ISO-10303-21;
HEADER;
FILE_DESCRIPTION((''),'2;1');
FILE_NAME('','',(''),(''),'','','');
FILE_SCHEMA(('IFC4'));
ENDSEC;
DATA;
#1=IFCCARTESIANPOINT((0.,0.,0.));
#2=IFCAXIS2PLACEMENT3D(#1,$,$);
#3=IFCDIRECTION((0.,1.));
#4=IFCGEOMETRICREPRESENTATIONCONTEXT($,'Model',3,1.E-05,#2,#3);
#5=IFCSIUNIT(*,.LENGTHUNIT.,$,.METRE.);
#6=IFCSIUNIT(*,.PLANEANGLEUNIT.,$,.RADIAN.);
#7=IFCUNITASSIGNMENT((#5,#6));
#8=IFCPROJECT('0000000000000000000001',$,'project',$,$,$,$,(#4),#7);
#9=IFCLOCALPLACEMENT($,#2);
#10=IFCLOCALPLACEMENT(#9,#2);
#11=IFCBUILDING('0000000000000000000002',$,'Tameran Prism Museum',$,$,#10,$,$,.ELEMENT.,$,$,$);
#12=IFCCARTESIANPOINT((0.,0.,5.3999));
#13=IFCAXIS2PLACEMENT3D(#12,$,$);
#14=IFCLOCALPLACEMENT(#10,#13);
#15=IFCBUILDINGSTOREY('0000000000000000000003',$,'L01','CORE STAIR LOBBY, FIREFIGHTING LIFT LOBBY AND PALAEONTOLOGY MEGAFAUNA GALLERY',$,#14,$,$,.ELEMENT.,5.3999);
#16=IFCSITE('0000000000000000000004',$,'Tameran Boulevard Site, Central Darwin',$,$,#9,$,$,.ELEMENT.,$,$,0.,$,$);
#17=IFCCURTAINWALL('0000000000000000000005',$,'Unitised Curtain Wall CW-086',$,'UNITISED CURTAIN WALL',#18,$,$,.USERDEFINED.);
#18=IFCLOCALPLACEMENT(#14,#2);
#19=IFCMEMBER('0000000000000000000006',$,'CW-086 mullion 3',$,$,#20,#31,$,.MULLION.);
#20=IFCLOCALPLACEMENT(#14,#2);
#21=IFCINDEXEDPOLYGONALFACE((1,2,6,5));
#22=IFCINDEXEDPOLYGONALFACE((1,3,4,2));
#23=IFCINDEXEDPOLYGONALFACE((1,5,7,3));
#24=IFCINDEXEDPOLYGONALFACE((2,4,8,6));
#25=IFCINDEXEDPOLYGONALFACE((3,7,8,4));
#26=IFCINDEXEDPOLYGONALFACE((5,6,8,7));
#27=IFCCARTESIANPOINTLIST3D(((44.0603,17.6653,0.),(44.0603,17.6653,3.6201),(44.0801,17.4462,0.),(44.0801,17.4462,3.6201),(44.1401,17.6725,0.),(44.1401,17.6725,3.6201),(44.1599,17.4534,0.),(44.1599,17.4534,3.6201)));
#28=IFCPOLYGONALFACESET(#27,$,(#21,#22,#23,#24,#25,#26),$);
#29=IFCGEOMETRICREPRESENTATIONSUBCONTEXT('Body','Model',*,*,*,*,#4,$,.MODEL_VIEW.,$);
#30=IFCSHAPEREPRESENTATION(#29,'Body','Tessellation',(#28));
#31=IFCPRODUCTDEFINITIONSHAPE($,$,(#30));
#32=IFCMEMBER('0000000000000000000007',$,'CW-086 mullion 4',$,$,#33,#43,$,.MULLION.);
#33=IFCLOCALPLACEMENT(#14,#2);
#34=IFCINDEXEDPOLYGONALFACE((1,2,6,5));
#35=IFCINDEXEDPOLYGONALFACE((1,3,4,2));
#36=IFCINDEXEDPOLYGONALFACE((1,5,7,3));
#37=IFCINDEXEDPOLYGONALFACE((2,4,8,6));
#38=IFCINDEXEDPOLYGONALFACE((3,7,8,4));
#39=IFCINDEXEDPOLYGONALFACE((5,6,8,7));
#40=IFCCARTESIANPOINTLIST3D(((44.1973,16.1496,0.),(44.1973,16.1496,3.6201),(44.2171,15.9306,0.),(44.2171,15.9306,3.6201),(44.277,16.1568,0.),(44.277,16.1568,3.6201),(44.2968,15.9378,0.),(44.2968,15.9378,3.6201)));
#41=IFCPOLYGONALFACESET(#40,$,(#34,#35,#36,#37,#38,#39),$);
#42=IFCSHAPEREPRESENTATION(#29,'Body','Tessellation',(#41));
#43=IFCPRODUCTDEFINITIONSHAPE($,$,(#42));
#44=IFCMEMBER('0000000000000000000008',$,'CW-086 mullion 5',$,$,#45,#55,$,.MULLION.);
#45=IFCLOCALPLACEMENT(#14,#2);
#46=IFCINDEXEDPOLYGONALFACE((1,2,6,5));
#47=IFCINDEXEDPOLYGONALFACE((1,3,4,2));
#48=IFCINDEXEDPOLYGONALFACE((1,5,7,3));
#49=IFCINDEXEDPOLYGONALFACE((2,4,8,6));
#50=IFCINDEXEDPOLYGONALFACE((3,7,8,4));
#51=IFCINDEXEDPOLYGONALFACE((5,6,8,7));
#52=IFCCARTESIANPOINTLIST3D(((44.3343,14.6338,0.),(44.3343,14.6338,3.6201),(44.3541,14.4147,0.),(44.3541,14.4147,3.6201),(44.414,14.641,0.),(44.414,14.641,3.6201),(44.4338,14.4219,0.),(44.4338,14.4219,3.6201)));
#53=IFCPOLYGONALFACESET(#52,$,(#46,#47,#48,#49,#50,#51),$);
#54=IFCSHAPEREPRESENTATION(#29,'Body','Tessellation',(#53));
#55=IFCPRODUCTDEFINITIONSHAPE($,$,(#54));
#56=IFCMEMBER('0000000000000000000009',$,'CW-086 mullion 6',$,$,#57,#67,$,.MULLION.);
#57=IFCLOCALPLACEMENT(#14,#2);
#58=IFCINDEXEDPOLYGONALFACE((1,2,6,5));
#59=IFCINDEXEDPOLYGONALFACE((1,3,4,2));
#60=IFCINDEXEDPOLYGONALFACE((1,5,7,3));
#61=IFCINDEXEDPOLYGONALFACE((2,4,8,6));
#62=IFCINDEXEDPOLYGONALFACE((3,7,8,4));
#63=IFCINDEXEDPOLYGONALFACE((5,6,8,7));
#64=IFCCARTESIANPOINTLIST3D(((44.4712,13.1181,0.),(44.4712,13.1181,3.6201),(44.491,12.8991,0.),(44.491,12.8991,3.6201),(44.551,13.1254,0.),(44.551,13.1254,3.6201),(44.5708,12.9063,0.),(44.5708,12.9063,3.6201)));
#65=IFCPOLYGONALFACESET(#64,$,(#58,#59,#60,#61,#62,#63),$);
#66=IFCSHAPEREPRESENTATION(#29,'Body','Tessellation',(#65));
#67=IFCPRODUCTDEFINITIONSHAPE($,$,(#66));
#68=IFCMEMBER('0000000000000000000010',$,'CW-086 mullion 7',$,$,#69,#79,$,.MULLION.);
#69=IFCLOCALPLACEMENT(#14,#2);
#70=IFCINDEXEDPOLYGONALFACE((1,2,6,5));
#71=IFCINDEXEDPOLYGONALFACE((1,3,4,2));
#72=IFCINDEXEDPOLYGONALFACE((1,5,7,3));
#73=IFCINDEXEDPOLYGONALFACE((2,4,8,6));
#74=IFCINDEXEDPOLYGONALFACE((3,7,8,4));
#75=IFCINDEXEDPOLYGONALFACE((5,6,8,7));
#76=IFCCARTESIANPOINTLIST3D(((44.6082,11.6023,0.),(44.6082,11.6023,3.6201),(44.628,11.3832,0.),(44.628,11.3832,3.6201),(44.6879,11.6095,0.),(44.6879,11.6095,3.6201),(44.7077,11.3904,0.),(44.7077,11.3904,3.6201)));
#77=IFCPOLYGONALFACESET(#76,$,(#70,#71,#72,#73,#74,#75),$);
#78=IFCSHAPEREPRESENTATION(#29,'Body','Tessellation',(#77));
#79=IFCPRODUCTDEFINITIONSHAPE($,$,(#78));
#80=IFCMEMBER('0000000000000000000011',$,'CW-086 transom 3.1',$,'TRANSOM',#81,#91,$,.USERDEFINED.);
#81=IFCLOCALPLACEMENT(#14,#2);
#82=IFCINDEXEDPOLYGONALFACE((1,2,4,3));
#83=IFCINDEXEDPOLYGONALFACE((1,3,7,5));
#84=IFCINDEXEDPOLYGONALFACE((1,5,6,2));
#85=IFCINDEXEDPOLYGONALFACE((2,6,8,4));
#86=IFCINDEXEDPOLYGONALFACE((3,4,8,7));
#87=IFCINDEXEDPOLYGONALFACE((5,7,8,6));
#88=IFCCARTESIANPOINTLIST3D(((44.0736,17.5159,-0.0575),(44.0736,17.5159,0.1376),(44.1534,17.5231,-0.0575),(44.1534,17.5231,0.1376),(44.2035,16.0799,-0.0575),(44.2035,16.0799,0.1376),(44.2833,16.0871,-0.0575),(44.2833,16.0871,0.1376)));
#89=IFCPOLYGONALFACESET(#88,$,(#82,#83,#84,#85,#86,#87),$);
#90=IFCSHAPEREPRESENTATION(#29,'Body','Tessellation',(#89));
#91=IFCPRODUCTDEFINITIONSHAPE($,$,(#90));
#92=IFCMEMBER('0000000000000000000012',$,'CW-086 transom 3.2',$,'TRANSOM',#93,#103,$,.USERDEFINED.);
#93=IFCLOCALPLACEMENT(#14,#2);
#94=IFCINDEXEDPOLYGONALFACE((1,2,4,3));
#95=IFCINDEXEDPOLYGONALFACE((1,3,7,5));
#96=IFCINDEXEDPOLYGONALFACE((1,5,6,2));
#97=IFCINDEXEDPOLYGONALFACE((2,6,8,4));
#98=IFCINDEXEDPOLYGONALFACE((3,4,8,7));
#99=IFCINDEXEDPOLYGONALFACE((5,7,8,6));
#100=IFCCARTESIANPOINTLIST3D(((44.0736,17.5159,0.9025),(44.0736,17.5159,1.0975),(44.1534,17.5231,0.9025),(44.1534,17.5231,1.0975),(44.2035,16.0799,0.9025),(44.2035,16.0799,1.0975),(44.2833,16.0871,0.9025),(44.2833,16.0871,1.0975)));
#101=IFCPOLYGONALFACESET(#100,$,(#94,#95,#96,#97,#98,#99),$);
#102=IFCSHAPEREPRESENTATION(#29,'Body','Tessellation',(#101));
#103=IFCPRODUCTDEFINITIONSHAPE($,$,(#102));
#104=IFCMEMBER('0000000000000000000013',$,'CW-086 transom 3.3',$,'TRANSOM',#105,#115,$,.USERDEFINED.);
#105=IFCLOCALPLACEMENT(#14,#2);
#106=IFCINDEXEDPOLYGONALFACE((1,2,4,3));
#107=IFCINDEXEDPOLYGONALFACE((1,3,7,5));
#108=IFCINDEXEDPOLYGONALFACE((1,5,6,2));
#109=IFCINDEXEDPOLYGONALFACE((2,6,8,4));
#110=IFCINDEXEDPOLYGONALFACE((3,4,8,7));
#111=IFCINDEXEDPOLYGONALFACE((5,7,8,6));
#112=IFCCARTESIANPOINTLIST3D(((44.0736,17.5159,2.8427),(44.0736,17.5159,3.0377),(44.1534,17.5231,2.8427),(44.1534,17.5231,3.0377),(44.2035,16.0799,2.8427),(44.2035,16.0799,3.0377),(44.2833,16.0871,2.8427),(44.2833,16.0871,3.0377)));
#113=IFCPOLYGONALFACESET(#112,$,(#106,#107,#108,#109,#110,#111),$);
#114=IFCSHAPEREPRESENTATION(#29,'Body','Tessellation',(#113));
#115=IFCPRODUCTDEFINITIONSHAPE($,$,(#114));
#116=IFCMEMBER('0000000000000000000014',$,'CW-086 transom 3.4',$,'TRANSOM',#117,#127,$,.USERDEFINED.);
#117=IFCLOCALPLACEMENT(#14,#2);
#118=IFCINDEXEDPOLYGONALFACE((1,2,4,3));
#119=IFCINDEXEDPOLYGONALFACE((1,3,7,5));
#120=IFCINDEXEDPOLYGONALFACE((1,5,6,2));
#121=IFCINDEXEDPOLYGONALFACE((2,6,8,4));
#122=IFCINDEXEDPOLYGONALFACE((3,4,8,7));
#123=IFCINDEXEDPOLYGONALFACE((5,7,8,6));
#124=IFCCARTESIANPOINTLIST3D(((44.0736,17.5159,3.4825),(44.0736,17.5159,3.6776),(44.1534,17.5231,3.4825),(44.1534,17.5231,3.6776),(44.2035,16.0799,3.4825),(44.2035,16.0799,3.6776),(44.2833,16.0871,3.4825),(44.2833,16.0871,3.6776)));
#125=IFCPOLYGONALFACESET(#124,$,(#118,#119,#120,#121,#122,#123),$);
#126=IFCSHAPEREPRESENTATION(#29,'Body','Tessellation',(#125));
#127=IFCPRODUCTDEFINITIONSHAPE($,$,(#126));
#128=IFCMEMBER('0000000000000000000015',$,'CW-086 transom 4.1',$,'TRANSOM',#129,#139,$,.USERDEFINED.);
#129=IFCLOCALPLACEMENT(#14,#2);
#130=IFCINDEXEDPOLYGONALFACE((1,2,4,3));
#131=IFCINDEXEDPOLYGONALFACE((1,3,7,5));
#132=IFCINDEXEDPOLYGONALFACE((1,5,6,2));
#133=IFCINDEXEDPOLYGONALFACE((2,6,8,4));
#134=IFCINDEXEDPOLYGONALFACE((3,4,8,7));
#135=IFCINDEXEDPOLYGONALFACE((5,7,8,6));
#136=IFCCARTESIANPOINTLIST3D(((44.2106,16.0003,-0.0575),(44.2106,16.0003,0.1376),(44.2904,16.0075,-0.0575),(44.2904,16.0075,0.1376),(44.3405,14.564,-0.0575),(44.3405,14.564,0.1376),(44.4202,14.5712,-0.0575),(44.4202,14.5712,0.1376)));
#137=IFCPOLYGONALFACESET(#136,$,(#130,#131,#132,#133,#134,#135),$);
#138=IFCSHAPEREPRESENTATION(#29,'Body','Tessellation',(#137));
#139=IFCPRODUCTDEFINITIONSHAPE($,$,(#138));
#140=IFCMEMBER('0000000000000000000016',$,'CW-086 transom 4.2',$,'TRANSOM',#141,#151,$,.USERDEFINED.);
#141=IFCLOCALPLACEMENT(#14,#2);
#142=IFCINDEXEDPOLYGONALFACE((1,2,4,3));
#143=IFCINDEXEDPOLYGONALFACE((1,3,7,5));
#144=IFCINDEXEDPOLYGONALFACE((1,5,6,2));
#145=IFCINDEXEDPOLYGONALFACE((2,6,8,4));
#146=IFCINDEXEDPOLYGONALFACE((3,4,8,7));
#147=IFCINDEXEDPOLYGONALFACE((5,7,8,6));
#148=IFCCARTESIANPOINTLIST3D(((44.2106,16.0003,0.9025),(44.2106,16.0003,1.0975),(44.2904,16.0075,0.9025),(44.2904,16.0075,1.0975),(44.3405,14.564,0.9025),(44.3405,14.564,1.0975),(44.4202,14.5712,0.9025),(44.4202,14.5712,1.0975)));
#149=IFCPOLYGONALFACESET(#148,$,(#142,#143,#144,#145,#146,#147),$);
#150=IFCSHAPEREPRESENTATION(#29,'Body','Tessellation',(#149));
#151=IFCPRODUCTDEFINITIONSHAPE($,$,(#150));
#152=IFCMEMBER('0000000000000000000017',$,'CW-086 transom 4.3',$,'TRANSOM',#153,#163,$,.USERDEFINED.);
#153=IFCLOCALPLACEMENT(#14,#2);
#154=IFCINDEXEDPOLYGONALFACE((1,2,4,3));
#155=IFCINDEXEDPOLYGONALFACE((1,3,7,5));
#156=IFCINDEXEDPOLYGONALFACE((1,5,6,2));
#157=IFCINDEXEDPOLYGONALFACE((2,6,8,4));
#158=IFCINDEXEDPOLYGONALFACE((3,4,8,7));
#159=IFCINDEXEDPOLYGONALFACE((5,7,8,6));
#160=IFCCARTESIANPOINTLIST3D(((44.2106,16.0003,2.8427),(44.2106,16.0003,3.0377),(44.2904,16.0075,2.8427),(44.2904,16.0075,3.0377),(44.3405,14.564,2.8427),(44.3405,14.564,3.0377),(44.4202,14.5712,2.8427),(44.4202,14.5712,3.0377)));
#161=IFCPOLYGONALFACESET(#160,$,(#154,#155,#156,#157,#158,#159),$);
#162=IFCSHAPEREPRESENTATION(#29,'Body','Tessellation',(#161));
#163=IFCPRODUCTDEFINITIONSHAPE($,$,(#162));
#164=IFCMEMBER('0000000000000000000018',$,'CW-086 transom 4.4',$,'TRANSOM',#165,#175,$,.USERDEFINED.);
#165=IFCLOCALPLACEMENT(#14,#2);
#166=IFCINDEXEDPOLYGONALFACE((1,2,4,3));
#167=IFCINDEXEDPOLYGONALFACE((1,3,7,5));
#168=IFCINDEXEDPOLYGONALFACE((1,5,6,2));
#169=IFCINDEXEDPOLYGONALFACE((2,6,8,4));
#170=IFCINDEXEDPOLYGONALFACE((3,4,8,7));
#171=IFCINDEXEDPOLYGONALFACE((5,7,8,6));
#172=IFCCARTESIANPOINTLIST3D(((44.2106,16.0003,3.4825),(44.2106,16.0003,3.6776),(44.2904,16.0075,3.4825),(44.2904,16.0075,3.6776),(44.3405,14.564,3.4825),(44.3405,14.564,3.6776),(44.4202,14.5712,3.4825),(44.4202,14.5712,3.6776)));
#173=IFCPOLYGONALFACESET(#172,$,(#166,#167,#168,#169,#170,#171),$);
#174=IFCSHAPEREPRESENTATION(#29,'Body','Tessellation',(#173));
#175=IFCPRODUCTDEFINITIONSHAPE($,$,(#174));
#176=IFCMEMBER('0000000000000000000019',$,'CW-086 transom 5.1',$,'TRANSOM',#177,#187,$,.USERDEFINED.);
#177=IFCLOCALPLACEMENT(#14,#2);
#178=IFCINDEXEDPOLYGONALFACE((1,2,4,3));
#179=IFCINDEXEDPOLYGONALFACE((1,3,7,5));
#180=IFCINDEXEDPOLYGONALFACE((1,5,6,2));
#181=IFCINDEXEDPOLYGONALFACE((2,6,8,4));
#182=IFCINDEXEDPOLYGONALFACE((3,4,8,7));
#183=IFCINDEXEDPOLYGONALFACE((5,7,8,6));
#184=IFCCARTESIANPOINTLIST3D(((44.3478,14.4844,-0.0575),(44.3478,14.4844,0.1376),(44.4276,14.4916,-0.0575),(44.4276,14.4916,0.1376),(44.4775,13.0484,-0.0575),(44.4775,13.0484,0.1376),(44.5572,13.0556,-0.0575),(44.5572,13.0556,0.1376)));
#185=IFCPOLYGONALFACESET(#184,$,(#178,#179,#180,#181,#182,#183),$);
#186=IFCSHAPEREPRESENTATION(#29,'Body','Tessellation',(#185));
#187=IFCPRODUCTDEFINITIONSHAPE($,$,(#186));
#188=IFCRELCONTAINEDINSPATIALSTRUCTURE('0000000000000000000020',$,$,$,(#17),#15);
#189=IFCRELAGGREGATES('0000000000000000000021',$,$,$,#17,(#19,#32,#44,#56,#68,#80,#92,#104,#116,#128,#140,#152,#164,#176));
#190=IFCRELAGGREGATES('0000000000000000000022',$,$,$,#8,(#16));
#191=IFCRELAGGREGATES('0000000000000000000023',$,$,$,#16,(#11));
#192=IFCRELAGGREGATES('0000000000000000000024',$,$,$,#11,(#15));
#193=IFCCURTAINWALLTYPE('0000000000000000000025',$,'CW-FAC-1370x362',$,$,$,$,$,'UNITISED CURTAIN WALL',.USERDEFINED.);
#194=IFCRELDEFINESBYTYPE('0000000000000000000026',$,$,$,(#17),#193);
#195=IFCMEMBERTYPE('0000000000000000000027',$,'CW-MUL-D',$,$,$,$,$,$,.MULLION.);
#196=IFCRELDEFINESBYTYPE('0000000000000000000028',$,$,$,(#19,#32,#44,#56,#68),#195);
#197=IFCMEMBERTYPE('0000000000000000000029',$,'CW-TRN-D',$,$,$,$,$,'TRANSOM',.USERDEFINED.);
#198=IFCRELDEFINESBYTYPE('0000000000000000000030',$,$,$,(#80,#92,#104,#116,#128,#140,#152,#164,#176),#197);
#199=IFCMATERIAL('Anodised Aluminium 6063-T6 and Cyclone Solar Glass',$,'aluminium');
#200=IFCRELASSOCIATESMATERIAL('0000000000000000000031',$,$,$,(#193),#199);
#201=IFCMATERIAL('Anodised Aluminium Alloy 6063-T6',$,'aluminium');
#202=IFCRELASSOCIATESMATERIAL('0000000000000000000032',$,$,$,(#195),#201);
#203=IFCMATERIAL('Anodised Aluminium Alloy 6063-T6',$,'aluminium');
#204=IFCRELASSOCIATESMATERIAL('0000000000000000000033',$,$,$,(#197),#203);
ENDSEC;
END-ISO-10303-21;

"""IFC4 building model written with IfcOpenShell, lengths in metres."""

from ifc_helpers import new_model, si_unit, direction, frame, origin, origin_2d, place, context, subcontext, project, spatial, rectangle, extrude, material, material_profile, profile_set, type_object, element, aggregate, save


model = new_model("IFC4")

# Units and contexts
model_context = context("Model", 3, precision=1e-05, world=origin(), true_north=direction((0.0, 1.0)))
body_context = subcontext(model_context, "Body", "Model", "MODEL_VIEW")
ifc_project = project(units=[si_unit("LENGTHUNIT", "METRE"), si_unit("PLANEANGLEUNIT", "RADIAN")], contexts=[model_context])

# Site, building, storey
site_placement = place(None, origin())
site = spatial("IfcSite", under=ifc_project, at=site_placement, Name="Tameran Boulevard Site, Central Darwin", CompositionType="ELEMENT", RefElevation=0.0)
building_placement = place(site_placement, origin())
building = spatial("IfcBuilding", under=site, at=building_placement, Name="Tameran Prism Museum", CompositionType="ELEMENT")
storey_placement = place(building_placement, frame((0.0, 0.0, 5.3999)))
storey = spatial("IfcBuildingStorey", under=building, at=storey_placement, Name="L01", Description="CORE STAIR LOBBY, FIREFIGHTING LIFT LOBBY AND PALAEONTOLOGY MEGAFAUNA GALLERY", CompositionType="ELEMENT", Elevation=5.3999)

# Curtain wall, members
ifc_material_1 = material(Name="Anodised Aluminium 6063-T6 and Cyclone Solar Glass", Category="aluminium")
curtain_wall_type = type_object("IfcCurtainWallType", Name="CW-FAC-1370x362", ElementType="UNITISED CURTAIN WALL", PredefinedType="USERDEFINED", material=ifc_material_1)
curtain_wall_placement = place(storey_placement, origin())
curtain_wall = element("IfcCurtainWall", 1, at=curtain_wall_placement, inside=storey, type_object=curtain_wall_type, Name="Unitised Curtain Wall CW-086", ObjectType="UNITISED CURTAIN WALL", PredefinedType="USERDEFINED")
ifc_material_2 = material(Name="Anodised Aluminium Alloy 6063-T6", Category="aluminium")
ifc_material_profile_1 = material_profile(ifc_material_2, rectangle(XDim=0.0801, YDim=0.22, at=origin_2d()))
ifc_profile_set_1 = profile_set([ifc_material_profile_1])
member_type_1 = type_object("IfcMemberType", Name="CW-MUL-D", PredefinedType="MULLION", material=ifc_profile_set_1)
member_1_placement = place(storey_placement, frame((44.1101, 17.5593, 0.0), z_axis=(0.0, 0.0, 1.0), x_axis=(0.99594, 0.090016, 0.0)))
member_1 = element("IfcMember", 2, at=member_1_placement, type_object=member_type_1, Name="CW-086 mullion 3", PredefinedType="MULLION", context=body_context, shape_type="SweptSolid", body=[
    extrude(rectangle(XDim=0.0801, YDim=0.22, at=origin_2d()), origin(), (0.0, 0.0, 1.0), 3.6201),
])
member_2_placement = place(storey_placement, frame((44.2471, 16.0437, 0.0), z_axis=(0.0, 0.0, 1.0), x_axis=(0.99594, 0.090016, 0.0)))
member_2 = element("IfcMember", 3, at=member_2_placement, type_object=member_type_1, Name="CW-086 mullion 4", PredefinedType="MULLION", context=body_context, shape_type="SweptSolid", body=[
    extrude(rectangle(XDim=0.0801, YDim=0.22, at=origin_2d()), origin(), (0.0, 0.0, 1.0), 3.6201),
])
member_3_placement = place(storey_placement, frame((44.384, 14.5278, 0.0), z_axis=(0.0, 0.0, 1.0), x_axis=(0.99594, 0.090016, 0.0)))
member_3 = element("IfcMember", 4, at=member_3_placement, type_object=member_type_1, Name="CW-086 mullion 5", PredefinedType="MULLION", context=body_context, shape_type="SweptSolid", body=[
    extrude(rectangle(XDim=0.0801, YDim=0.22, at=origin_2d()), origin(), (0.0, 0.0, 1.0), 3.6201),
])
member_4_placement = place(storey_placement, frame((44.521, 13.0122, 0.0), z_axis=(0.0, 0.0, 1.0), x_axis=(0.99594, 0.090016, 0.0)))
member_4 = element("IfcMember", 5, at=member_4_placement, type_object=member_type_1, Name="CW-086 mullion 6", PredefinedType="MULLION", context=body_context, shape_type="SweptSolid", body=[
    extrude(rectangle(XDim=0.0801, YDim=0.22, at=origin_2d()), origin(), (0.0, 0.0, 1.0), 3.6201),
])
member_5_placement = place(storey_placement, frame((44.658, 11.4963, 0.0), z_axis=(0.0, 0.0, 1.0), x_axis=(0.99594, 0.090016, 0.0)))
member_5 = element("IfcMember", 6, at=member_5_placement, type_object=member_type_1, Name="CW-086 mullion 7", PredefinedType="MULLION", context=body_context, shape_type="SweptSolid", body=[
    extrude(rectangle(XDim=0.0801, YDim=0.22, at=origin_2d()), origin(), (0.0, 0.0, 1.0), 3.6201),
])
ifc_material_3 = material(Name="Anodised Aluminium Alloy 6063-T6", Category="aluminium")
ifc_material_profile_2 = material_profile(ifc_material_3, rectangle(XDim=0.0801, YDim=0.1951, at=origin_2d()))
ifc_profile_set_2 = profile_set([ifc_material_profile_2])
member_type_2 = type_object("IfcMemberType", Name="CW-TRN-D", ElementType="TRANSOM", PredefinedType="USERDEFINED", material=ifc_profile_set_2)
member_6_placement = place(storey_placement, frame((44.1135, 17.5195, 0.04), z_axis=(0.090078, -0.995935, 0.0), x_axis=(0.995935, 0.090078, 0.0)))
member_6 = element("IfcMember", 7, at=member_6_placement, type_object=member_type_2, Name="CW-086 transom 3.1", ObjectType="TRANSOM", PredefinedType="USERDEFINED", context=body_context, shape_type="SweptSolid", body=[
    extrude(rectangle(XDim=0.0801, YDim=0.1951, at=origin_2d()), origin(), (0.0, 0.0, 1.0), 1.4419),
])
member_7_placement = place(storey_placement, frame((44.1135, 17.5195, 1.0), z_axis=(0.090078, -0.995935, 0.0), x_axis=(0.995935, 0.090078, 0.0)))
member_7 = element("IfcMember", 8, at=member_7_placement, type_object=member_type_2, Name="CW-086 transom 3.2", ObjectType="TRANSOM", PredefinedType="USERDEFINED", context=body_context, shape_type="SweptSolid", body=[
    extrude(rectangle(XDim=0.0801, YDim=0.1951, at=origin_2d()), origin(), (0.0, 0.0, 1.0), 1.4419),
])
member_8_placement = place(storey_placement, frame((44.1135, 17.5195, 2.9402), z_axis=(0.090078, -0.995935, 0.0), x_axis=(0.995935, 0.090078, 0.0)))
member_8 = element("IfcMember", 9, at=member_8_placement, type_object=member_type_2, Name="CW-086 transom 3.3", ObjectType="TRANSOM", PredefinedType="USERDEFINED", context=body_context, shape_type="SweptSolid", body=[
    extrude(rectangle(XDim=0.0801, YDim=0.1951, at=origin_2d()), origin(), (0.0, 0.0, 1.0), 1.4419),
])
member_9_placement = place(storey_placement, frame((44.1135, 17.5195, 3.5801), z_axis=(0.090078, -0.995935, 0.0), x_axis=(0.995935, 0.090078, 0.0)))
member_9 = element("IfcMember", 10, at=member_9_placement, type_object=member_type_2, Name="CW-086 transom 3.4", ObjectType="TRANSOM", PredefinedType="USERDEFINED", context=body_context, shape_type="SweptSolid", body=[
    extrude(rectangle(XDim=0.0801, YDim=0.1951, at=origin_2d()), origin(), (0.0, 0.0, 1.0), 1.4419),
])
member_10_placement = place(storey_placement, frame((44.2505, 16.0039, 0.04), z_axis=(0.090063, -0.995936, 0.0), x_axis=(0.995936, 0.090063, 0.0)))
member_10 = element("IfcMember", 11, at=member_10_placement, type_object=member_type_2, Name="CW-086 transom 4.1", ObjectType="TRANSOM", PredefinedType="USERDEFINED", context=body_context, shape_type="SweptSolid", body=[
    extrude(rectangle(XDim=0.0801, YDim=0.1951, at=origin_2d()), origin(), (0.0, 0.0, 1.0), 1.4421),
])
member_11_placement = place(storey_placement, frame((44.2505, 16.0039, 1.0), z_axis=(0.090063, -0.995936, 0.0), x_axis=(0.995936, 0.090063, 0.0)))
member_11 = element("IfcMember", 12, at=member_11_placement, type_object=member_type_2, Name="CW-086 transom 4.2", ObjectType="TRANSOM", PredefinedType="USERDEFINED", context=body_context, shape_type="SweptSolid", body=[
    extrude(rectangle(XDim=0.0801, YDim=0.1951, at=origin_2d()), origin(), (0.0, 0.0, 1.0), 1.4421),
])
member_12_placement = place(storey_placement, frame((44.2505, 16.0039, 2.9402), z_axis=(0.090063, -0.995936, 0.0), x_axis=(0.995936, 0.090063, 0.0)))
member_12 = element("IfcMember", 13, at=member_12_placement, type_object=member_type_2, Name="CW-086 transom 4.3", ObjectType="TRANSOM", PredefinedType="USERDEFINED", context=body_context, shape_type="SweptSolid", body=[
    extrude(rectangle(XDim=0.0801, YDim=0.1951, at=origin_2d()), origin(), (0.0, 0.0, 1.0), 1.4421),
])
member_13_placement = place(storey_placement, frame((44.2505, 16.0039, 3.5801), z_axis=(0.090063, -0.995936, 0.0), x_axis=(0.995936, 0.090063, 0.0)))
member_13 = element("IfcMember", 14, at=member_13_placement, type_object=member_type_2, Name="CW-086 transom 4.4", ObjectType="TRANSOM", PredefinedType="USERDEFINED", context=body_context, shape_type="SweptSolid", body=[
    extrude(rectangle(XDim=0.0801, YDim=0.1951, at=origin_2d()), origin(), (0.0, 0.0, 1.0), 1.4421),
])
member_14_placement = place(storey_placement, frame((44.3877, 14.488, 0.04), z_axis=(0.08991, -0.99595, 0.0), x_axis=(0.99595, 0.08991, 0.0)))
member_14 = element("IfcMember", 15, at=member_14_placement, type_object=member_type_2, Name="CW-086 transom 5.1", ObjectType="TRANSOM", PredefinedType="USERDEFINED", context=body_context, shape_type="SweptSolid", body=[
    extrude(rectangle(XDim=0.0801, YDim=0.1951, at=origin_2d()), origin(), (0.0, 0.0, 1.0), 1.4419),
])
aggregate(curtain_wall, [member_1, member_2, member_3, member_4, member_5, member_6, member_7, member_8, member_9, member_10, member_11, member_12, member_13, member_14])

save(model, "model.ifc")
